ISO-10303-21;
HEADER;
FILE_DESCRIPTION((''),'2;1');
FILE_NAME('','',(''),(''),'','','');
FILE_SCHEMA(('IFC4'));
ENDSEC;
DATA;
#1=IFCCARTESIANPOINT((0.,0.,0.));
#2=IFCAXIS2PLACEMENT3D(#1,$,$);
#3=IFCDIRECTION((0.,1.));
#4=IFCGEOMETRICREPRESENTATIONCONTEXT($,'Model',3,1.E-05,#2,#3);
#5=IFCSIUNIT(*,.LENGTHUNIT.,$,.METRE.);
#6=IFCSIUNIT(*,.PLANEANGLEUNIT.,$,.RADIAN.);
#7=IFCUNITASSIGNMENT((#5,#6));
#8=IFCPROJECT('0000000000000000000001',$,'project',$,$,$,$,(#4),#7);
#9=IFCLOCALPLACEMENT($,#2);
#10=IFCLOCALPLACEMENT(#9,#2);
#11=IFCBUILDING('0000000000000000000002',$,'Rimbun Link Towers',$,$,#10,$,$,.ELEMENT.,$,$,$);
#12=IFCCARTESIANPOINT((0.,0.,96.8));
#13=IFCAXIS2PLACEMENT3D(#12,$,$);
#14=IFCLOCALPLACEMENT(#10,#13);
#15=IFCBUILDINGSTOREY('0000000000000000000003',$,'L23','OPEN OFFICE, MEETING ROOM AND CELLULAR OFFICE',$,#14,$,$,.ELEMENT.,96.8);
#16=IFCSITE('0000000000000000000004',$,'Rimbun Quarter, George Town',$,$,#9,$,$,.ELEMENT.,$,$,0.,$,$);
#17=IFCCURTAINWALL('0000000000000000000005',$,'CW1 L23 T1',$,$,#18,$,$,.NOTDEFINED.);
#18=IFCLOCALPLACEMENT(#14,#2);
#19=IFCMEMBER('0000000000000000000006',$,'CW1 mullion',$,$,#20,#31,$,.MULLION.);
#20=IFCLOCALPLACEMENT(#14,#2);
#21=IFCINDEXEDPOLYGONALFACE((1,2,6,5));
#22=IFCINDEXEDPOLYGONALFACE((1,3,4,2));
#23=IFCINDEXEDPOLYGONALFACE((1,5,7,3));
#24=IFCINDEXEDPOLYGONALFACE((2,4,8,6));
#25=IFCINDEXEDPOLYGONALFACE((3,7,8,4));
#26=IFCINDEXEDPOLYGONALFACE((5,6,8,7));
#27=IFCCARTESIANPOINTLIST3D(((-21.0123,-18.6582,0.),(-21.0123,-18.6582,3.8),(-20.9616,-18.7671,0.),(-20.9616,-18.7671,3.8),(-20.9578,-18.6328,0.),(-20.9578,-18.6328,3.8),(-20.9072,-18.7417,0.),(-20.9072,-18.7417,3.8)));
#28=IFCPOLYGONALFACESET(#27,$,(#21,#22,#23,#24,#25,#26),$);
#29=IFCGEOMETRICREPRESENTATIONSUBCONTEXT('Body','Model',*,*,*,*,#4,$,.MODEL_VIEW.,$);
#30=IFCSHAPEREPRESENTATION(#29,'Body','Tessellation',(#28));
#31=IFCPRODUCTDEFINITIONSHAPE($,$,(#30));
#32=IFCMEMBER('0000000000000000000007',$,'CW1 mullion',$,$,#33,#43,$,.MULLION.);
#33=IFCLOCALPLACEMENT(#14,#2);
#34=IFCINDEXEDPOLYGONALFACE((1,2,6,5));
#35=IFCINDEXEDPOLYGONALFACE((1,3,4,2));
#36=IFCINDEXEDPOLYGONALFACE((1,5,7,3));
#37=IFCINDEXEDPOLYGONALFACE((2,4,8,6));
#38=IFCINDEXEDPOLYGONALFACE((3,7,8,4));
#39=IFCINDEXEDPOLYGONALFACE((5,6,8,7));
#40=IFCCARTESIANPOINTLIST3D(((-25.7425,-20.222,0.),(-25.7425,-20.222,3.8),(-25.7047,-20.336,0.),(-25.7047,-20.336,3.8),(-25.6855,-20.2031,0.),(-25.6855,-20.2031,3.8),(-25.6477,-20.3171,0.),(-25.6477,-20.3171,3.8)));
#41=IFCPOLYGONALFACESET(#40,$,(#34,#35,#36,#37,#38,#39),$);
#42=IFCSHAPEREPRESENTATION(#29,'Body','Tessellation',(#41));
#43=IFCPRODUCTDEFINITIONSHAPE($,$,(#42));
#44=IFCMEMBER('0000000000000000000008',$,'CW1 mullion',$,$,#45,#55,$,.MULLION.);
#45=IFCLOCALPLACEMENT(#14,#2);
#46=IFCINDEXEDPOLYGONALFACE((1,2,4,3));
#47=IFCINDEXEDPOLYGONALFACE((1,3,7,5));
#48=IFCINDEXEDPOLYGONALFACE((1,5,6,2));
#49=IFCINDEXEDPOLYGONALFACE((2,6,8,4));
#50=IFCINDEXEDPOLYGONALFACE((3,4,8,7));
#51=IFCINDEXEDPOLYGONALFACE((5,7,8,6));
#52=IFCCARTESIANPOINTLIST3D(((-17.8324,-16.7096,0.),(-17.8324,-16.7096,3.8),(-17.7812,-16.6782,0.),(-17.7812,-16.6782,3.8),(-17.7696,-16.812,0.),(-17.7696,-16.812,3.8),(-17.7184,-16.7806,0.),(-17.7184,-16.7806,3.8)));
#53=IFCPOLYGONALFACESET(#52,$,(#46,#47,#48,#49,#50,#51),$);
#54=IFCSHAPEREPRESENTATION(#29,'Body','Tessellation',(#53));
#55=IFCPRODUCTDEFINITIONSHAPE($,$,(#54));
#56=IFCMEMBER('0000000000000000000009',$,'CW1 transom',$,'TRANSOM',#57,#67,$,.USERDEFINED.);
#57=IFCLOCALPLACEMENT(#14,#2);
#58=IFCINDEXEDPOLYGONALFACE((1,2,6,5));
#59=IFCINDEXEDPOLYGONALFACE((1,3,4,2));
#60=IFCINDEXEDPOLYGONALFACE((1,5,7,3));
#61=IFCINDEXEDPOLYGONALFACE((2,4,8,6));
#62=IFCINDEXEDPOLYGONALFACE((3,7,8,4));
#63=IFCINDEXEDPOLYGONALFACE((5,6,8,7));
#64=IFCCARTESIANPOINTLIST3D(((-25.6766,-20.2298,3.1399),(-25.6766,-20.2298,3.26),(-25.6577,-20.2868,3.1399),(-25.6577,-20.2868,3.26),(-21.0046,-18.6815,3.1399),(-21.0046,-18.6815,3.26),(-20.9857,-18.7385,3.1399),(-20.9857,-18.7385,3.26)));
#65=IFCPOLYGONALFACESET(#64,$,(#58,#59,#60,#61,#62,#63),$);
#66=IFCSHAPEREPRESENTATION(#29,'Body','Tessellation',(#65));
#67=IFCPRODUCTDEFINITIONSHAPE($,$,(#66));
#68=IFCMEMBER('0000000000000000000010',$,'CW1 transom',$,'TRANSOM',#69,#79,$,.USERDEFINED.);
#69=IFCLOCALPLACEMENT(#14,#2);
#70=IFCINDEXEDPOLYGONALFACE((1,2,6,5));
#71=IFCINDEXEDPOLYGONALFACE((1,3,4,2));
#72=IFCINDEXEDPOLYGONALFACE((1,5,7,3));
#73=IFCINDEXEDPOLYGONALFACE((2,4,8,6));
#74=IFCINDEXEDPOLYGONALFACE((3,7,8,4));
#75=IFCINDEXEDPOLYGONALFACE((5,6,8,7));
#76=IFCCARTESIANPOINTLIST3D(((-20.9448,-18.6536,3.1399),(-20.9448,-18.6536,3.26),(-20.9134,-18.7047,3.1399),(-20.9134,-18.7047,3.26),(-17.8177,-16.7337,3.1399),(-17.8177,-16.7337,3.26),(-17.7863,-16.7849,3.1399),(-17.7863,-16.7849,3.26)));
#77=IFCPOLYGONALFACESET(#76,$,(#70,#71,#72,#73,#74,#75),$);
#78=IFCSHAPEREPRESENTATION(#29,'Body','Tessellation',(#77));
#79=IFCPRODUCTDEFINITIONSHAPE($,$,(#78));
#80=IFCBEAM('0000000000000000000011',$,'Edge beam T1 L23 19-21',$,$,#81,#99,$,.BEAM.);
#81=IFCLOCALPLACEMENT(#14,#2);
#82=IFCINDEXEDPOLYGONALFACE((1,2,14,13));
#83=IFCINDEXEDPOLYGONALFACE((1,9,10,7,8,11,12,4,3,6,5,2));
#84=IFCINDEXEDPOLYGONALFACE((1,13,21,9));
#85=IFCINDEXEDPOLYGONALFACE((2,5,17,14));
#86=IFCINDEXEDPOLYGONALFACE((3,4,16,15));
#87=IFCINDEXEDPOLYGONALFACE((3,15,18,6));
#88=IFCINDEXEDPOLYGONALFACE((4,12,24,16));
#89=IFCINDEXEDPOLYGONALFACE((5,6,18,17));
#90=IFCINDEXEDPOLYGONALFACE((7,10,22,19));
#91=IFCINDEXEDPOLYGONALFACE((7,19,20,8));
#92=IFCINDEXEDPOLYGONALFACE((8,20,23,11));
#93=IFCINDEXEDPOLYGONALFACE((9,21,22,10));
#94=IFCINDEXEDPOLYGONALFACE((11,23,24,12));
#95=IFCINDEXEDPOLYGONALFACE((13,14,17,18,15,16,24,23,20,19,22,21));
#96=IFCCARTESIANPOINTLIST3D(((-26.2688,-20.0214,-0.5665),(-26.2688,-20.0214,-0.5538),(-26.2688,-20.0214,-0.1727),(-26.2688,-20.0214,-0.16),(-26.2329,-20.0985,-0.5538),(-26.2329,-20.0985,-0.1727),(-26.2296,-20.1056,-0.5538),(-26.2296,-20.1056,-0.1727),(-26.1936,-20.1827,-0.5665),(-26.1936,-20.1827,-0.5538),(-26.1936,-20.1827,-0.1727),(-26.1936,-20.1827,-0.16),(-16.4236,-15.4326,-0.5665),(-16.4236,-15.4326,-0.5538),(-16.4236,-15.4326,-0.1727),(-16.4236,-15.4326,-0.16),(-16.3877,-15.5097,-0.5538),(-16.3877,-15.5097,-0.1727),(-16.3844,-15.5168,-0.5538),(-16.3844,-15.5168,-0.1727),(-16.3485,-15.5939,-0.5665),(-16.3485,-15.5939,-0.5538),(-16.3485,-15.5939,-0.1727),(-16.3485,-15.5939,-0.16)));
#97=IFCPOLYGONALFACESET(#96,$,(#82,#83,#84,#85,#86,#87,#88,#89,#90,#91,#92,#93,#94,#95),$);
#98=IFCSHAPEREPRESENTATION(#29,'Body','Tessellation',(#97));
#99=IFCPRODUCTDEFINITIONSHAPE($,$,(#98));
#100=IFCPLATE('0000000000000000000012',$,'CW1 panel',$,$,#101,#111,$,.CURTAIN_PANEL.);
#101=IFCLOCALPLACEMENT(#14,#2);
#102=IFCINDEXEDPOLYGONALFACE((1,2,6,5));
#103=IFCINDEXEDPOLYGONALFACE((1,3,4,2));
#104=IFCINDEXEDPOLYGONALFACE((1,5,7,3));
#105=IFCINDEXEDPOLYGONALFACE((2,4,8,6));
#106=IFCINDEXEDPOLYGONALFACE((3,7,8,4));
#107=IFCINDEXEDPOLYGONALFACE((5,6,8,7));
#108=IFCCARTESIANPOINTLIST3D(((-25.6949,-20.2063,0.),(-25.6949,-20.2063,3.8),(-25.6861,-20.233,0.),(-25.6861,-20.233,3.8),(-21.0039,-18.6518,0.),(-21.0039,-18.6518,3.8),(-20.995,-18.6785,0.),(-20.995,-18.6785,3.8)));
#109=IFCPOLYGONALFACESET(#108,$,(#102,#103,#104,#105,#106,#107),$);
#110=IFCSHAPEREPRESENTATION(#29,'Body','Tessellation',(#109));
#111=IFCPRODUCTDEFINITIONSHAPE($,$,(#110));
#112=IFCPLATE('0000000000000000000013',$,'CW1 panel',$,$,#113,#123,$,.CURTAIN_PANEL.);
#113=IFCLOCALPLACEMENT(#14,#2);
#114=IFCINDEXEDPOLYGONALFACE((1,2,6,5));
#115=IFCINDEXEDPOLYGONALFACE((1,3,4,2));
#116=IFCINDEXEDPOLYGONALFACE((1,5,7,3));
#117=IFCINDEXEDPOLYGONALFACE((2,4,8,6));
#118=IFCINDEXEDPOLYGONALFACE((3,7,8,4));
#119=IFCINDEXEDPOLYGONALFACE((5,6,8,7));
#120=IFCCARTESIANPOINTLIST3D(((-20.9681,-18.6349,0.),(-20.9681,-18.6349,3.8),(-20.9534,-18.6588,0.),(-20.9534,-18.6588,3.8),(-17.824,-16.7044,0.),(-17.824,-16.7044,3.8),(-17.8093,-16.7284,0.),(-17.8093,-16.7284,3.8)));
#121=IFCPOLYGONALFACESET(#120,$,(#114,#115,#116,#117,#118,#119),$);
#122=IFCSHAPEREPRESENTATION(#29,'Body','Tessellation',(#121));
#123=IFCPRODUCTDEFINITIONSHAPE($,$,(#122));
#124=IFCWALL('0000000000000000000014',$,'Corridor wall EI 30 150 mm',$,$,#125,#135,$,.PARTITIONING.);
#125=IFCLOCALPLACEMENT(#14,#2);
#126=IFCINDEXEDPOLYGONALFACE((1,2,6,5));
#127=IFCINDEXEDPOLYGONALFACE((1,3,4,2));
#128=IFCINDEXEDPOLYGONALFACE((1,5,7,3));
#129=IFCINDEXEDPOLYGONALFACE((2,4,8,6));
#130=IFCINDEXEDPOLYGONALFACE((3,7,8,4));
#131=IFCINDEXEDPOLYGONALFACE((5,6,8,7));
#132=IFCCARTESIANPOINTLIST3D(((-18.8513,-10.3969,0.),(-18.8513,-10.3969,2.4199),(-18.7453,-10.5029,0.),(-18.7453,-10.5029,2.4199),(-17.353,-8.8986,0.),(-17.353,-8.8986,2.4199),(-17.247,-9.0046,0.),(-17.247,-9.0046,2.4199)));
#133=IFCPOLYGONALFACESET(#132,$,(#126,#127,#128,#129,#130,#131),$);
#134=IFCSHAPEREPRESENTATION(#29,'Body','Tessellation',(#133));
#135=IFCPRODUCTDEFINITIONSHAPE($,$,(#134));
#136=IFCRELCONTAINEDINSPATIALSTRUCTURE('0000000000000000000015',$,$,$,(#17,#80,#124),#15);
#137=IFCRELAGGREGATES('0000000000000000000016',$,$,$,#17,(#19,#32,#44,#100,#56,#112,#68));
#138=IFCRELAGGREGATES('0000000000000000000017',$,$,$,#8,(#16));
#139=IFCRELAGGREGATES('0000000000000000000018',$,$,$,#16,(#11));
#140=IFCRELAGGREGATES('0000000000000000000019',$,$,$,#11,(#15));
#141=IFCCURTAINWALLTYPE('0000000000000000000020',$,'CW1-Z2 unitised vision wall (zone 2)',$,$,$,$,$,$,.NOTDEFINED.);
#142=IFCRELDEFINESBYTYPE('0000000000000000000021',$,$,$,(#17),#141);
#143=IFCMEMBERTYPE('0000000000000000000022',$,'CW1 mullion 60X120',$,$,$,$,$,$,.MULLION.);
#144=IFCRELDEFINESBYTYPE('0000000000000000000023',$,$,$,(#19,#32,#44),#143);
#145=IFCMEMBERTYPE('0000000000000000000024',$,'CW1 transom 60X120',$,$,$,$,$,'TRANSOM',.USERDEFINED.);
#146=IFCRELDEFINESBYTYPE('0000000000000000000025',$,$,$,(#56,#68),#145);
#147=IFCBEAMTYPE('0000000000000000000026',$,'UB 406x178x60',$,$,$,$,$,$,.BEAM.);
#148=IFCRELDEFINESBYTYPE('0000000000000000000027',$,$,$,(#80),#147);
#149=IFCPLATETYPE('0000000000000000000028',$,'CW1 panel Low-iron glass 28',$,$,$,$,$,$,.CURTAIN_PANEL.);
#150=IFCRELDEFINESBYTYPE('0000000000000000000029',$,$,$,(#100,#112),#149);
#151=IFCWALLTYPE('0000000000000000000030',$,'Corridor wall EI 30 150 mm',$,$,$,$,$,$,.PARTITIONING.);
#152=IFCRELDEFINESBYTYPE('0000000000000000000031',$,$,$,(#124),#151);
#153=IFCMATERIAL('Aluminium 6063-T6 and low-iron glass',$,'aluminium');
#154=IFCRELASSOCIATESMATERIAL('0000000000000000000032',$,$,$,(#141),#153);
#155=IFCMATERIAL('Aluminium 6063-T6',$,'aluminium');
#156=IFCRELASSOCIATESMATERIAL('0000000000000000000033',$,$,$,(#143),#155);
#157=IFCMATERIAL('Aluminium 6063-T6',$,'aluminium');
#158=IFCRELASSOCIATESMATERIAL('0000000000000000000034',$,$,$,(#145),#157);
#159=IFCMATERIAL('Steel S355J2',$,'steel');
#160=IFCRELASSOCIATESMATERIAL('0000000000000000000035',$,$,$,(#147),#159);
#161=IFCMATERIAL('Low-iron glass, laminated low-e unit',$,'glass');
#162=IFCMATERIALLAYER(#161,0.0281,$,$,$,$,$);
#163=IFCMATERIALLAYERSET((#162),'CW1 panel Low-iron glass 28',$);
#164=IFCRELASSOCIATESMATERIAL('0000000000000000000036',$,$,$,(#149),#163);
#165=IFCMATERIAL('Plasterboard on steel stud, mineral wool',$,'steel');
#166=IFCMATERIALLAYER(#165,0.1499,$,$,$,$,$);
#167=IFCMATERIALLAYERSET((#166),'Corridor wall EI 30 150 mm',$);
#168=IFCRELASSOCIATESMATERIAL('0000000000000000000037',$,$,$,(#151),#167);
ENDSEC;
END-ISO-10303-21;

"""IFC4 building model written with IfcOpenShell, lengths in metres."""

from ifc_helpers import new_model, si_unit, direction, frame, frame_2d, origin, origin_2d, place, context, subcontext, project, spatial, rectangle, i_section, extrude, material, layer, layer_set, material_profile, profile_set, type_object, element, aggregate, save


model = new_model("IFC4")

# Units and contexts
model_context = context("Model", 3, precision=1e-05, world=origin(), true_north=direction((0.0, 1.0)))
body_context = subcontext(model_context, "Body", "Model", "MODEL_VIEW")
ifc_project = project(units=[si_unit("LENGTHUNIT", "METRE"), si_unit("PLANEANGLEUNIT", "RADIAN")], contexts=[model_context])

# Site, building, storey
site_placement = place(None, origin())
site = spatial("IfcSite", under=ifc_project, at=site_placement, Name="Rimbun Quarter, George Town", CompositionType="ELEMENT", RefElevation=0.0)
building_placement = place(site_placement, origin())
building = spatial("IfcBuilding", under=site, at=building_placement, Name="Rimbun Link Towers", CompositionType="ELEMENT")
storey_placement = place(building_placement, frame((0.0, 0.0, 96.8)))
storey = spatial("IfcBuildingStorey", under=building, at=storey_placement, Name="L23", Description="OPEN OFFICE, MEETING ROOM AND CELLULAR OFFICE", CompositionType="ELEMENT", Elevation=96.8)

# Curtain wall, members
ifc_material_1 = material(Name="Aluminium 6063-T6 and low-iron glass", Category="aluminium")
curtain_wall_type = type_object("IfcCurtainWallType", Name="CW1-Z2 unitised vision wall (zone 2)", PredefinedType="NOTDEFINED", material=ifc_material_1)
curtain_wall_placement = place(storey_placement, origin())
curtain_wall = element("IfcCurtainWall", 1, at=curtain_wall_placement, inside=storey, type_object=curtain_wall_type, Name="CW1 L23 T1", PredefinedType="NOTDEFINED")
ifc_material_2 = material(Name="Aluminium 6063-T6", Category="aluminium")
ifc_material_profile_1 = material_profile(ifc_material_2, rectangle(XDim=0.1201, YDim=0.0601, at=origin_2d()), Name="MULLION 60X120")
ifc_profile_set_1 = profile_set([ifc_material_profile_1], Name="Aluminium 6063-T6")
member_type_1 = type_object("IfcMemberType", Name="CW1 mullion 60X120", PredefinedType="MULLION", material=ifc_profile_set_1)
member_1_placement = place(storey_placement, frame((-20.9597, -18.7, 0.0), z_axis=(0.0, 0.0, 1.0), x_axis=(0.421699, -0.906736, 0.0)))
member_1 = element("IfcMember", 2, at=member_1_placement, type_object=member_type_1, Name="CW1 mullion", PredefinedType="MULLION", context=body_context, shape_type="SweptSolid", body=[
    extrude(rectangle(XDim=0.1201, YDim=0.0601, at=origin_2d()), origin(), (0.0, 0.0, 1.0), 3.8),
])
member_2_placement = place(storey_placement, frame((-25.6951, -20.2695, 0.0), z_axis=(0.0, 0.0, 1.0), x_axis=(0.314556, -0.949239, 0.0)))
member_2 = element("IfcMember", 3, at=member_2_placement, type_object=member_type_1, Name="CW1 mullion", PredefinedType="MULLION", context=body_context, shape_type="SweptSolid", body=[
    extrude(rectangle(XDim=0.1201, YDim=0.0601, at=origin_2d()), origin(), (0.0, 0.0, 1.0), 3.8),
])
member_3_placement = place(storey_placement, frame((-17.7754, -16.7451, 0.0), z_axis=(0.0, 0.0, 1.0), x_axis=(0.523239, -0.852186, 0.0)))
member_3 = element("IfcMember", 4, at=member_3_placement, type_object=member_type_1, Name="CW1 mullion", PredefinedType="MULLION", context=body_context, shape_type="SweptSolid", body=[
    extrude(rectangle(XDim=0.1201, YDim=0.0601, at=origin_2d()), origin(), (0.0, 0.0, 1.0), 3.8),
])
ifc_material_3 = material(Name="Aluminium 6063-T6", Category="aluminium")
ifc_material_profile_2 = material_profile(ifc_material_3, rectangle(XDim=0.0601, YDim=0.1201, at=origin_2d()), Name="TRANSOM 60X120")
ifc_profile_set_2 = profile_set([ifc_material_profile_2], Name="Aluminium 6063-T6")
member_type_2 = type_object("IfcMemberType", Name="CW1 transom 60X120", ElementType="TRANSOM", PredefinedType="USERDEFINED", material=ifc_profile_set_2)
member_4_placement = place(storey_placement, frame((-20.9951, -18.71, 3.2), z_axis=(-0.949232, -0.314576, 0.0), x_axis=(0.314576, -0.949232, 0.0)))
member_4 = element("IfcMember", 5, at=member_4_placement, type_object=member_type_2, Name="CW1 transom", ObjectType="TRANSOM", PredefinedType="USERDEFINED", context=body_context, shape_type="SweptSolid", body=[
    extrude(rectangle(XDim=0.0601, YDim=0.1201, at=origin_2d()), origin(), (0.0, 0.0, 1.0), 4.9219),
])
member_5_placement = place(storey_placement, frame((-17.802, -16.7593, 3.2), z_axis=(-0.852206, -0.523206, 0.0), x_axis=(0.523206, -0.852206, 0.0)))
member_5 = element("IfcMember", 6, at=member_5_placement, type_object=member_type_2, Name="CW1 transom", ObjectType="TRANSOM", PredefinedType="USERDEFINED", context=body_context, shape_type="SweptSolid", body=[
    extrude(rectangle(XDim=0.0601, YDim=0.1201, at=origin_2d()), origin(), (0.0, 0.0, 1.0), 3.6694),
])

# Beam
ifc_material_4 = material(Name="Steel S355J2", Category="steel")
ifc_material_profile_3 = material_profile(ifc_material_4, i_section(OverallWidth=0.178, OverallDepth=0.4065, WebThickness=0.0078, FlangeThickness=0.0127, at=origin_2d()), Name="UB 406x178x60")
ifc_profile_set_3 = profile_set([ifc_material_profile_3], Name="Steel S355J2")
beam_type = type_object("IfcBeamType", Name="UB 406x178x60", PredefinedType="BEAM", material=ifc_profile_set_3)
beam_placement = place(storey_placement, frame((-26.2312, -20.1021, -0.3633), z_axis=(0.906379, 0.422465, 0.0), x_axis=(-0.422465, 0.906379, 0.0)))
element("IfcBeam", 7, at=beam_placement, inside=storey, type_object=beam_type, Name="Edge beam T1 L23 19-21", PredefinedType="BEAM", context=body_context, shape_type="SweptSolid", body=[
    extrude(i_section(OverallWidth=0.178, OverallDepth=0.4065, WebThickness=0.0078, FlangeThickness=0.0127, at=origin_2d()), origin(), (0.0, 0.0, 1.0), 10.8621),
])

# Plates
ifc_material_5 = material(Name="Low-iron glass, laminated low-e unit", Category="glass")
ifc_layer_1 = layer(ifc_material_5, 0.0281)
ifc_layer_set_1 = layer_set([ifc_layer_1], Name="CW1 panel Low-iron glass 28")
plate_type = type_object("IfcPlateType", Name="CW1 panel Low-iron glass 28", PredefinedType="CURTAIN_PANEL", material=ifc_layer_set_1)
plate_1_placement = place(storey_placement, frame((-23.345, -19.4424, 0.0), z_axis=(0.0, 0.0, 1.0), x_axis=(-0.949239, -0.314556, 0.0)))
plate_1 = element("IfcPlate", 8, at=plate_1_placement, type_object=plate_type, Name="CW1 panel", PredefinedType="CURTAIN_PANEL", context=body_context, shape_type="SweptSolid", body=[
    extrude(rectangle(XDim=4.9419, YDim=0.0281, at=origin_2d()), origin(), (0.0, 0.0, 1.0), 3.8),
])
plate_2_placement = place(storey_placement, frame((-19.3887, -17.6816, 0.0), z_axis=(0.0, 0.0, 1.0), x_axis=(-0.852186, -0.523239, 0.0)))
plate_2 = element("IfcPlate", 9, at=plate_2_placement, type_object=plate_type, Name="CW1 panel", PredefinedType="CURTAIN_PANEL", context=body_context, shape_type="SweptSolid", body=[
    extrude(rectangle(XDim=3.6895, YDim=0.0281, at=origin_2d()), origin(), (0.0, 0.0, 1.0), 3.8),
])
aggregate(curtain_wall, [member_1, member_2, member_3, plate_1, member_4, plate_2, member_5])

# Wall
ifc_material_6 = material(Name="Plasterboard on steel stud, mineral wool", Category="steel")
ifc_layer_2 = layer(ifc_material_6, 0.1499)
ifc_layer_set_2 = layer_set([ifc_layer_2], Name="Corridor wall EI 30 150 mm")
wall_type_1 = type_object("IfcWallType", Name="Corridor wall EI 30 150 mm", PredefinedType="PARTITIONING", material=ifc_layer_set_2)
wall_1_placement = place(storey_placement, frame((-18.7983, -10.45, 0.0), z_axis=(0.0, 0.0, 1.0), x_axis=(0.707107, 0.707107, 0.0)))
element("IfcWall", 10, at=wall_1_placement, inside=storey, type_object=wall_type_1, Name="Corridor wall EI 30 150 mm", PredefinedType="PARTITIONING", context=body_context, shape_type="SweptSolid", body=[
    extrude(rectangle(XDim=2.1189, YDim=0.1499, at=frame_2d((1.0596, 0.0))), origin(), (0.0, 0.0, 1.0), 2.4199),
])

save(model, "model.ifc")
